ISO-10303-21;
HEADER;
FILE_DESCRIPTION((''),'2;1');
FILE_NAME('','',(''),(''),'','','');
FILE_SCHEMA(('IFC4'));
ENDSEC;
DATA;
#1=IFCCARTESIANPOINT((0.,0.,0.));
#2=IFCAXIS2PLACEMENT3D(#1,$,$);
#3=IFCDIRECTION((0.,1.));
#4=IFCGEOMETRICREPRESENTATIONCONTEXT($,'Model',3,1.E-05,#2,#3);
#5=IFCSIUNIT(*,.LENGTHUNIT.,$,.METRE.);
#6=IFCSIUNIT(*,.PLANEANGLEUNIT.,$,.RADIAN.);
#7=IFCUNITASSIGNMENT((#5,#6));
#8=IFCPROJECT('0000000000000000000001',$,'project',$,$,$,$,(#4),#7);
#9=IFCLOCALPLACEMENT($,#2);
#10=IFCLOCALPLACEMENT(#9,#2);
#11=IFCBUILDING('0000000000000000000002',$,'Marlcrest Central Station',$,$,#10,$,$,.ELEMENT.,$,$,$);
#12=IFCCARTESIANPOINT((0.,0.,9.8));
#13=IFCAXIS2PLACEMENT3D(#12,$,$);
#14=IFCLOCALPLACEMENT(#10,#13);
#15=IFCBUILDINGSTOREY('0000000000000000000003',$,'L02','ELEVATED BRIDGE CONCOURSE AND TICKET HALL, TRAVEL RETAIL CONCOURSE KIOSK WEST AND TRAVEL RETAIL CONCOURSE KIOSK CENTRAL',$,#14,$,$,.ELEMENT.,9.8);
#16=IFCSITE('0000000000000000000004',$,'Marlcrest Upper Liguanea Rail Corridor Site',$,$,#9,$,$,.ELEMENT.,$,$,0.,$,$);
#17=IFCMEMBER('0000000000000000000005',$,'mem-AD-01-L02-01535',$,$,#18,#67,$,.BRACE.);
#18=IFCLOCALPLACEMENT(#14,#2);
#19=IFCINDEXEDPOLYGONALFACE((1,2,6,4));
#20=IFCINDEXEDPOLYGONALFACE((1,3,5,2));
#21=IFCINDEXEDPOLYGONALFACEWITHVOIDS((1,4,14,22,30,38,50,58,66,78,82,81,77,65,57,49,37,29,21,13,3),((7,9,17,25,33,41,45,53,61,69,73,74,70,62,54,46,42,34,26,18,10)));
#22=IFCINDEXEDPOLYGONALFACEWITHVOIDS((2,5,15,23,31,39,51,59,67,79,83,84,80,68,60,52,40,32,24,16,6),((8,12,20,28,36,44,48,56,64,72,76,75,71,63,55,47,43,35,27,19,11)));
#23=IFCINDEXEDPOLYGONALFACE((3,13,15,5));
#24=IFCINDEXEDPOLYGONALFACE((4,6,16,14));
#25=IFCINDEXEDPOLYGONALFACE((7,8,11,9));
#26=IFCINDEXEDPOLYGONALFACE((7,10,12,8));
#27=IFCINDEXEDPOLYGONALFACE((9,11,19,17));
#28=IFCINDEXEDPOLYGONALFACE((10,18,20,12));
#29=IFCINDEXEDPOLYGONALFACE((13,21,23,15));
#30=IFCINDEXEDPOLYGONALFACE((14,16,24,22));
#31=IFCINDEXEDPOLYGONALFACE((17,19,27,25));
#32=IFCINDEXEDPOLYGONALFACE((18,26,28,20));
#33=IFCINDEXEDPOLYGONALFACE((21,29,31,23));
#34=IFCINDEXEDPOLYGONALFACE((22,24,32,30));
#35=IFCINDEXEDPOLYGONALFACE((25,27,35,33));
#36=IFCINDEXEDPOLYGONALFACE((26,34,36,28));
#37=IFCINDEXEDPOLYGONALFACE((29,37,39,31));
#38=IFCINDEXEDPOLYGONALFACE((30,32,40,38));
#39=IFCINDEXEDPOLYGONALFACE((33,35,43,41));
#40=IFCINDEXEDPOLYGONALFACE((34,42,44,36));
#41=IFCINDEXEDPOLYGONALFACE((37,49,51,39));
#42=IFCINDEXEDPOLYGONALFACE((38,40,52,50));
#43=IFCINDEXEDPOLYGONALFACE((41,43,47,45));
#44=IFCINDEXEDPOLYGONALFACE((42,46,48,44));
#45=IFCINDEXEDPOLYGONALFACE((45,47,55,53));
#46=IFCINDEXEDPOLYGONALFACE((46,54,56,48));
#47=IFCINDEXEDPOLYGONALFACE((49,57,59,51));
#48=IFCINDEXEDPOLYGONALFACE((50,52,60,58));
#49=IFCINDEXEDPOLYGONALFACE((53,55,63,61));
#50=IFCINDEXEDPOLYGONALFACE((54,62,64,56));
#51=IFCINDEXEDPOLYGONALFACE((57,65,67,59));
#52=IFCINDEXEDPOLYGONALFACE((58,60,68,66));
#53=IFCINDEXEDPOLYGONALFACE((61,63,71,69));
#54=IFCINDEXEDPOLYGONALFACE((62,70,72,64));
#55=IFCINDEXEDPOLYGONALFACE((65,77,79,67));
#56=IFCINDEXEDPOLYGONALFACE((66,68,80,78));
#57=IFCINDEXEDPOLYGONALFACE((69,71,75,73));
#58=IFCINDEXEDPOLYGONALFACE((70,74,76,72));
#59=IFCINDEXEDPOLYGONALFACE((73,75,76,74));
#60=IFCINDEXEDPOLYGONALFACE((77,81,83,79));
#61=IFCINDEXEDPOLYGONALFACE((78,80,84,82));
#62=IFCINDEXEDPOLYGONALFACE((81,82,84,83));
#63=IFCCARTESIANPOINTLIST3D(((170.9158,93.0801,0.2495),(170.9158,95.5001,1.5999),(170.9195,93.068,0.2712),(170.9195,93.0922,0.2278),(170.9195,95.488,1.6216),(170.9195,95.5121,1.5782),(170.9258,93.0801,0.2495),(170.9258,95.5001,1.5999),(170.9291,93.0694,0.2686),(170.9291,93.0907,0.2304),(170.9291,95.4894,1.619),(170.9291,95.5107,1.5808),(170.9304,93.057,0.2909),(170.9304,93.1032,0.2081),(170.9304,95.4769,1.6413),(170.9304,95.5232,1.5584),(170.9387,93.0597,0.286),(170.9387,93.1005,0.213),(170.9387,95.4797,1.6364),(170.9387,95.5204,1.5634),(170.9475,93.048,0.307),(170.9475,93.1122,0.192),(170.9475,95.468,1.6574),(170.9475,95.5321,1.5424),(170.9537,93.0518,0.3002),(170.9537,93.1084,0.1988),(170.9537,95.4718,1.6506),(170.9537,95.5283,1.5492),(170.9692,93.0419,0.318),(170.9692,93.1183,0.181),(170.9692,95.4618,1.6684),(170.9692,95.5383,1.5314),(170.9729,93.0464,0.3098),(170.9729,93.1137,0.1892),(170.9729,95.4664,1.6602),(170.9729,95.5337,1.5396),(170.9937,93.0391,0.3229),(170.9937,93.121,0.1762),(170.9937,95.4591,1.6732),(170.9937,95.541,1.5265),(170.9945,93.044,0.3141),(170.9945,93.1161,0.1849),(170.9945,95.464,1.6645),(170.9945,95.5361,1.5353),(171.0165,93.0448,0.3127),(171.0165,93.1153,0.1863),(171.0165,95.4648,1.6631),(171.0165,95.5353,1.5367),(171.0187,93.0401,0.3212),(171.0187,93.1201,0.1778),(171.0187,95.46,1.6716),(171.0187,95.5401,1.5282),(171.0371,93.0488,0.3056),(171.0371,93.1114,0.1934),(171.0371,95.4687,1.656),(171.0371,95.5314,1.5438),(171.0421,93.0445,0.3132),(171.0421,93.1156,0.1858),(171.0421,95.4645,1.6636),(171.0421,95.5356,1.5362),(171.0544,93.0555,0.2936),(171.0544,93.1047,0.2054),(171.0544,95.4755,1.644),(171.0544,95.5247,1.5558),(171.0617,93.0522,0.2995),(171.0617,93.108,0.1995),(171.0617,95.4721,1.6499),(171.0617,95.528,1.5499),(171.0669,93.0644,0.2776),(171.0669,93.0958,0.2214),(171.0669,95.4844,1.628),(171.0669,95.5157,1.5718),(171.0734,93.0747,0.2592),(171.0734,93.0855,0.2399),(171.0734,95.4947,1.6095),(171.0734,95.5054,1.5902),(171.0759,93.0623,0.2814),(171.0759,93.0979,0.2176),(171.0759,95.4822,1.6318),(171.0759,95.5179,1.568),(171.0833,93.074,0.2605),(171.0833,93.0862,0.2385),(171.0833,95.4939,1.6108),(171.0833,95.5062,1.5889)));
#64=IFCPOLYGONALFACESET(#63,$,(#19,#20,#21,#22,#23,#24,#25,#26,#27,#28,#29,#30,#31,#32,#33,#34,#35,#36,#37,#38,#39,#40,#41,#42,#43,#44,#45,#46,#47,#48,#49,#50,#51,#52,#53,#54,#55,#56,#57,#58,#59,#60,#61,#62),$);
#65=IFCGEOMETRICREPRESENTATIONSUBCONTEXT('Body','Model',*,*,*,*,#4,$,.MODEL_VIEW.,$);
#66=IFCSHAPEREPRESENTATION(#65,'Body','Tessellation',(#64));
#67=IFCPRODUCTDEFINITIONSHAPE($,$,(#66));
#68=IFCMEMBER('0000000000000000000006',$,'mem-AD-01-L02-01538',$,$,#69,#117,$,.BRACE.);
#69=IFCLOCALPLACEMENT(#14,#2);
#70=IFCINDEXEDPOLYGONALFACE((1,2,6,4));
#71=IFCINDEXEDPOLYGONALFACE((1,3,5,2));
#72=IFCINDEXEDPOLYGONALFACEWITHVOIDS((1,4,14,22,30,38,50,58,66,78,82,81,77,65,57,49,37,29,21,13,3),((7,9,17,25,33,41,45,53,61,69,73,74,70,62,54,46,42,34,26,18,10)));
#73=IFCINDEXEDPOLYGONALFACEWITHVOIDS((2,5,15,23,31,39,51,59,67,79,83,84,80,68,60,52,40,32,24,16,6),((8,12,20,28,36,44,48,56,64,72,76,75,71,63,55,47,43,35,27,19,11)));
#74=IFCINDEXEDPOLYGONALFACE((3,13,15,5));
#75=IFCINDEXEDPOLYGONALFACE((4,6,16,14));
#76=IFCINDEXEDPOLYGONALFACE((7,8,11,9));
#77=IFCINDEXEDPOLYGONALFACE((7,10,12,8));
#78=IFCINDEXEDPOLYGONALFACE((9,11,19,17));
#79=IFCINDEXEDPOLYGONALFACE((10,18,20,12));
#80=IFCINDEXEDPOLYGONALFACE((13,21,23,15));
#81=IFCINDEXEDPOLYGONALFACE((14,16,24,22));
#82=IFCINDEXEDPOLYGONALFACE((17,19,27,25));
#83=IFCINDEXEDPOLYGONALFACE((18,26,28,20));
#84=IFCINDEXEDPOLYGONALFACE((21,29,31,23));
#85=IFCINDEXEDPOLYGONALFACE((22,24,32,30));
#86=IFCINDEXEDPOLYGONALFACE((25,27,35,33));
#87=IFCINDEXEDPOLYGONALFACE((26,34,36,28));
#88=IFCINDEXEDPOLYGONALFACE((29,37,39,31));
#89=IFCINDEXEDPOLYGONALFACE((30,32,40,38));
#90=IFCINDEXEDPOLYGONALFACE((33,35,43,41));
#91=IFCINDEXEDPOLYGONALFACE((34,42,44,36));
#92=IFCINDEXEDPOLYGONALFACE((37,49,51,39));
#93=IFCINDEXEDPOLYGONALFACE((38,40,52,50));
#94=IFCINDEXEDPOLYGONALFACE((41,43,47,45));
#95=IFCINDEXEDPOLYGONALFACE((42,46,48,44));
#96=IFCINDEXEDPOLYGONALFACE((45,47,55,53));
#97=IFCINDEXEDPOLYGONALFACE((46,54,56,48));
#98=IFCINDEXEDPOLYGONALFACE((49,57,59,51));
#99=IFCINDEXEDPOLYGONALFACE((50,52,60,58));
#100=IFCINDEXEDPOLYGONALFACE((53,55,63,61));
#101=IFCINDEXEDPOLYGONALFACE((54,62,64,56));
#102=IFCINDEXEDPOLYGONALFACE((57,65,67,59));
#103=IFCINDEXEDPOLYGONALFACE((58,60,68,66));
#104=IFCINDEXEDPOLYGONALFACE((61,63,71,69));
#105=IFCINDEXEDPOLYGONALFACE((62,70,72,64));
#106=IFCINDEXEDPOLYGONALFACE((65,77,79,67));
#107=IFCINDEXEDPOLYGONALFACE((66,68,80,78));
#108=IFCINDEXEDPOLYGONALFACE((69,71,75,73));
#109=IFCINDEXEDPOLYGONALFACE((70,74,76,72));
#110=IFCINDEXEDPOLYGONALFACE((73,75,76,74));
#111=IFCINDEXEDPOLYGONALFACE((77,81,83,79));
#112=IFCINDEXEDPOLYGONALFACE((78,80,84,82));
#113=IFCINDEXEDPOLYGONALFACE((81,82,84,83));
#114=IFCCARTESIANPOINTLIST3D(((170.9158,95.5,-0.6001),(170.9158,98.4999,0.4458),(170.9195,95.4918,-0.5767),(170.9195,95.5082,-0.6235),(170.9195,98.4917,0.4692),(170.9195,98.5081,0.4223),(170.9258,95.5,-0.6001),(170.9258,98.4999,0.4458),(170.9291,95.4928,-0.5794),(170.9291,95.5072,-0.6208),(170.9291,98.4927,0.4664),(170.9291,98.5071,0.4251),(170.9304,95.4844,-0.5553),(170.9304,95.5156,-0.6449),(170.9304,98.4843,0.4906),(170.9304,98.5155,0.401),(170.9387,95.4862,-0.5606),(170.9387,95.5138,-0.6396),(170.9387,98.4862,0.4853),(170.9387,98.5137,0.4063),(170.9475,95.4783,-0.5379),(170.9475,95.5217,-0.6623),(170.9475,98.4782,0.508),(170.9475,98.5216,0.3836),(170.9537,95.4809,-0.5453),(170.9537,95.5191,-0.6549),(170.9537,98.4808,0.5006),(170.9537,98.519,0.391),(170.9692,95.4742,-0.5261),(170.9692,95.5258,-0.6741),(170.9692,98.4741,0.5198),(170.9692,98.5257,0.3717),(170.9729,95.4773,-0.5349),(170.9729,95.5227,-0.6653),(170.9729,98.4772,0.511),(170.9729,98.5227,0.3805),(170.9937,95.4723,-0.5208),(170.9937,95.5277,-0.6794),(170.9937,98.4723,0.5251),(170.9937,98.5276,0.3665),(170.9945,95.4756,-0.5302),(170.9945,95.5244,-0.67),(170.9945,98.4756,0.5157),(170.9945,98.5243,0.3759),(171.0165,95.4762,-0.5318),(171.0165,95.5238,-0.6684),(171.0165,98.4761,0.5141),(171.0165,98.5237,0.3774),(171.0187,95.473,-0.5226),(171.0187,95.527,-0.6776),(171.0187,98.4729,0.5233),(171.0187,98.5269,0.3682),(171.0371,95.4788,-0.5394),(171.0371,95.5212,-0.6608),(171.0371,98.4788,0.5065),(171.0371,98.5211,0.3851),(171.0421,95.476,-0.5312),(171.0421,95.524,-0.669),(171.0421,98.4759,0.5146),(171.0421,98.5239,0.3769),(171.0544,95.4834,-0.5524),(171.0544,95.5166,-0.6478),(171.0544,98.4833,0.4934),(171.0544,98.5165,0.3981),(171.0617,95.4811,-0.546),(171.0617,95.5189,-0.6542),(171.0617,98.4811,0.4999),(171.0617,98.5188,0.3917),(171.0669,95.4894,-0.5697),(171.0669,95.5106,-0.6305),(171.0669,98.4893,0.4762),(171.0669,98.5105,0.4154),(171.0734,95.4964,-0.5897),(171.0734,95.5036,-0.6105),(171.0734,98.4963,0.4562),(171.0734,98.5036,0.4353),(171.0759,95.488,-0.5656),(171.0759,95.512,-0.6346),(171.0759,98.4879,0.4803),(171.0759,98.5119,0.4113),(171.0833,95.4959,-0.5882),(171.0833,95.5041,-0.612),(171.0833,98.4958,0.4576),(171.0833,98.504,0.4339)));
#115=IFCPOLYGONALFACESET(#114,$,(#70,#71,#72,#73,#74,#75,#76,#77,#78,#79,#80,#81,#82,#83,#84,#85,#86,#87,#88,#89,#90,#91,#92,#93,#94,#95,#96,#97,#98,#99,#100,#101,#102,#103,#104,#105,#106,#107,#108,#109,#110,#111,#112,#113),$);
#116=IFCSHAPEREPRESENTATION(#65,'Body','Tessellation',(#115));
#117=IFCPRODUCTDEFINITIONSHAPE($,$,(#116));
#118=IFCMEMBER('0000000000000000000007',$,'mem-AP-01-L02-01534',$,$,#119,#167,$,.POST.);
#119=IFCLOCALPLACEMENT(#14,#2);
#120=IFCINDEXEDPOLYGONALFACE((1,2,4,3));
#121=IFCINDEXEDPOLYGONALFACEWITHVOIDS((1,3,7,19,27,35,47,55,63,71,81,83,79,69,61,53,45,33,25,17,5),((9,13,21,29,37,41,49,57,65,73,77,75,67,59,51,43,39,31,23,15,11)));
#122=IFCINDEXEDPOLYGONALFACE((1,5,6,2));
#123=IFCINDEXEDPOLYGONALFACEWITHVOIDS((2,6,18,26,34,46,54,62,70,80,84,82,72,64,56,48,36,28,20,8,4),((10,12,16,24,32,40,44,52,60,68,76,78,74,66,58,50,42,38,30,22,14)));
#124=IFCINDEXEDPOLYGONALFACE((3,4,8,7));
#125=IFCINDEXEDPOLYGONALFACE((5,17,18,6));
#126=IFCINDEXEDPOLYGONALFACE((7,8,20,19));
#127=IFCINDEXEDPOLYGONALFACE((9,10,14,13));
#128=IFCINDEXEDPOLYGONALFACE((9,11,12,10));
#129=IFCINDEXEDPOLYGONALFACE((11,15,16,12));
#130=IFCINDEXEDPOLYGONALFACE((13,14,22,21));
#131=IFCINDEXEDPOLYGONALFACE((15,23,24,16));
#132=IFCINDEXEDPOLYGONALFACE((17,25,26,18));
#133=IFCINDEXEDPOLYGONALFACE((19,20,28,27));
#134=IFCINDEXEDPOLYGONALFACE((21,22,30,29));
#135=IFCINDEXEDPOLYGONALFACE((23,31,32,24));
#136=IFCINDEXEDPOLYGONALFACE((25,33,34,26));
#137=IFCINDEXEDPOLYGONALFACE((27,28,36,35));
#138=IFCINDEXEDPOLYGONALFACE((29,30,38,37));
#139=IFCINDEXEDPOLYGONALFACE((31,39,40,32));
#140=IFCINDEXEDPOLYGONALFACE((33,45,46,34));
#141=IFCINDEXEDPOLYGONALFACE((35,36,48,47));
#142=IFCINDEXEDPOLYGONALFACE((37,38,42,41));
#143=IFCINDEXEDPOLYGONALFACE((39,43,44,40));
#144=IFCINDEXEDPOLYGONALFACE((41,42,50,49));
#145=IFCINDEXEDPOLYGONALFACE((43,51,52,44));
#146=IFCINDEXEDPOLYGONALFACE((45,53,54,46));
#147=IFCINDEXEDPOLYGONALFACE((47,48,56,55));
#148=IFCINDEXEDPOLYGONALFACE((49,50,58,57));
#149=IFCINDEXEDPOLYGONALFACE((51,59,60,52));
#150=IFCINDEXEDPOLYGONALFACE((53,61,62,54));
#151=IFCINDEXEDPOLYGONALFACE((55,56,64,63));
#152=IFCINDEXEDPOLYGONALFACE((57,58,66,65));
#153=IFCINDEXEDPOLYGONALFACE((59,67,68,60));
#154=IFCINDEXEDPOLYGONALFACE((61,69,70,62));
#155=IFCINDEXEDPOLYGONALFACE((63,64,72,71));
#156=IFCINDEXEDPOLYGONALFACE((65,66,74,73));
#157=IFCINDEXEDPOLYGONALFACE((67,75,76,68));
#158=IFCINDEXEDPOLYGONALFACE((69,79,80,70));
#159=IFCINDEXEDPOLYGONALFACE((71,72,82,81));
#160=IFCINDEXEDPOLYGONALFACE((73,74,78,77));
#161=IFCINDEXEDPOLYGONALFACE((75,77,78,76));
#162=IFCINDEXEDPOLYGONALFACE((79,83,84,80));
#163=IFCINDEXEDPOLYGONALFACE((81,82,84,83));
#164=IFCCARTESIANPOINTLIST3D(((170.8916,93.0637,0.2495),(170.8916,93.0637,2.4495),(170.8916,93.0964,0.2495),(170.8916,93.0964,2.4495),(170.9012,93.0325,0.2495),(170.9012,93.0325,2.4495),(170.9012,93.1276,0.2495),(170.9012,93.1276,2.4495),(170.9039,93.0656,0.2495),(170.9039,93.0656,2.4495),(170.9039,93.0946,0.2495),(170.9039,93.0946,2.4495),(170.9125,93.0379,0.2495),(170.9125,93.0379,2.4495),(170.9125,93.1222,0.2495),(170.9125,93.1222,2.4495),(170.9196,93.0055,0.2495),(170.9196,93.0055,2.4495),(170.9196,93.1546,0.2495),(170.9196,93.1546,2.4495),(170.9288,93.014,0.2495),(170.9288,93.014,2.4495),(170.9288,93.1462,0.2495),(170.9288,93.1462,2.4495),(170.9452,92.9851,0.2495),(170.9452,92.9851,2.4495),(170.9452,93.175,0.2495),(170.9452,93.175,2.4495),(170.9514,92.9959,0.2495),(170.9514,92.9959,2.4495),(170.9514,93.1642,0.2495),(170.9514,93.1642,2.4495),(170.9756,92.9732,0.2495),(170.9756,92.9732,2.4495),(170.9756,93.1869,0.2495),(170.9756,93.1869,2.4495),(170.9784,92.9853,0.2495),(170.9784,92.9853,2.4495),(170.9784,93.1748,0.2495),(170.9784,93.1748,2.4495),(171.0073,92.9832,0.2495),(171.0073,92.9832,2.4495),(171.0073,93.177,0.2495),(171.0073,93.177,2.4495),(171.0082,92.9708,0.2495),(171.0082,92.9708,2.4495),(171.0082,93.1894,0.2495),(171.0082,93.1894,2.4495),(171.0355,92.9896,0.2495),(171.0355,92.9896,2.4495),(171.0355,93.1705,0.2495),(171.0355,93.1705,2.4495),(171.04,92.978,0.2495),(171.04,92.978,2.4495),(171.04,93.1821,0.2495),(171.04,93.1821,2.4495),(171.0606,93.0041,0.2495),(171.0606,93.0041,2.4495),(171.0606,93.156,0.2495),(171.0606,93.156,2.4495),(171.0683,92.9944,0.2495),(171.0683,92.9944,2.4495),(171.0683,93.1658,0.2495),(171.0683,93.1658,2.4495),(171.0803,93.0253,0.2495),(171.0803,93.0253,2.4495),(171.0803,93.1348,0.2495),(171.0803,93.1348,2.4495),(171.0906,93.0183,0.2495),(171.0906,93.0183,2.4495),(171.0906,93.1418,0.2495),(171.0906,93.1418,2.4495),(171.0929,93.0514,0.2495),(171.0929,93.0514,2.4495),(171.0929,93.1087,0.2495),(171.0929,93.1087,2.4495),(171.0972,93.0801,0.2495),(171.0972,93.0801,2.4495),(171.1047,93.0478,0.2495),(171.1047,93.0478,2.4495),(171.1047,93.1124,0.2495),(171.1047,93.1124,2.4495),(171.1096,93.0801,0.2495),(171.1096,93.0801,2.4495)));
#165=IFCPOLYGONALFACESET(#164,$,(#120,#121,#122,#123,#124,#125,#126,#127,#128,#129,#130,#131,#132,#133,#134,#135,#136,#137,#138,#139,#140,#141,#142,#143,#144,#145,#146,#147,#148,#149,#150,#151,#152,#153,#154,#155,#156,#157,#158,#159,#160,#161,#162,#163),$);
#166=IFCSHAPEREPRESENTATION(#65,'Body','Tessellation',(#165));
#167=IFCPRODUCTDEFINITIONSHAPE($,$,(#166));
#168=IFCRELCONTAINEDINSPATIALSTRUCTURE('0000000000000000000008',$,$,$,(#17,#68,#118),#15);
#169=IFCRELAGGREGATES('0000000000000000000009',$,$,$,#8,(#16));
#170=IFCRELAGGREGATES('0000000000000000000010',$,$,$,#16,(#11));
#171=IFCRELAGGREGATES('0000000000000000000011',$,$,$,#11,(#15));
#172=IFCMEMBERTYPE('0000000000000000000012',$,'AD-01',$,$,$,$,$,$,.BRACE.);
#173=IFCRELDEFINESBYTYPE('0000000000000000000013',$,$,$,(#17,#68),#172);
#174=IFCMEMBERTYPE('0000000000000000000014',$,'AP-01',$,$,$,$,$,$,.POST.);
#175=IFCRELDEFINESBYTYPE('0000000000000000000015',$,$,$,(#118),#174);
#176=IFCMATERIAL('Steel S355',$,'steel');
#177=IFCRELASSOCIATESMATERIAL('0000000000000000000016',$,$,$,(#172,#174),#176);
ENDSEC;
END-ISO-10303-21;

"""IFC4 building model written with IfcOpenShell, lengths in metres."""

from ifc_helpers import new_model, si_unit, direction, frame, origin, origin_2d, place, context, subcontext, project, spatial, hollow_circle, extrude, material, material_profile, profile_set, type_object, element, save


model = new_model("IFC4")

# Units and contexts
model_context = context("Model", 3, precision=1e-05, world=origin(), true_north=direction((0.0, 1.0)))
body_context = subcontext(model_context, "Body", "Model", "MODEL_VIEW")
ifc_project = project(units=[si_unit("LENGTHUNIT", "METRE"), si_unit("PLANEANGLEUNIT", "RADIAN")], contexts=[model_context])

# Site, building, storey
site_placement = place(None, origin())
site = spatial("IfcSite", under=ifc_project, at=site_placement, Name="Marlcrest Upper Liguanea Rail Corridor Site", CompositionType="ELEMENT", RefElevation=0.0)
building_placement = place(site_placement, origin())
building = spatial("IfcBuilding", under=site, at=building_placement, Name="Marlcrest Central Station", CompositionType="ELEMENT")
storey_placement = place(building_placement, frame((0.0, 0.0, 9.8)))
storey = spatial("IfcBuildingStorey", under=building, at=storey_placement, Name="L02", Description="ELEVATED BRIDGE CONCOURSE AND TICKET HALL, TRAVEL RETAIL CONCOURSE KIOSK WEST AND TRAVEL RETAIL CONCOURSE KIOSK CENTRAL", CompositionType="ELEMENT", Elevation=9.8)

# Members
ifc_material_1 = material(Name="Steel S355", Category="steel")
ifc_material_profile_1 = material_profile(ifc_material_1, hollow_circle(Radius=0.0842, WallThickness=0.01, at=origin_2d()), Name="CHS 168.3x10")
ifc_profile_set_1 = profile_set([ifc_material_profile_1], Name="Steel S355")
member_type_1 = type_object("IfcMemberType", Name="AD-01", PredefinedType="BRACE", material=ifc_profile_set_1)
member_1_placement = place(storey_placement, frame((171.0, 93.0801, 0.2495), z_axis=(0.0, 0.873246, 0.48728), x_axis=(-1.0, 0.0, 0.0)))
element("IfcMember", 1, at=member_1_placement, inside=storey, type_object=member_type_1, Name="mem-AD-01-L02-01535", PredefinedType="BRACE", context=body_context, shape_type="SweptSolid", body=[
    extrude(hollow_circle(Radius=0.0842, WallThickness=0.01, at=origin_2d()), origin(), (0.0, 0.0, 1.0), 2.7712),
])
member_2_placement = place(storey_placement, frame((171.0, 95.5, -0.6001), z_axis=(0.0, 0.94426, 0.3292), x_axis=(-1.0, 0.0, 0.0)))
element("IfcMember", 2, at=member_2_placement, inside=storey, type_object=member_type_1, Name="mem-AD-01-L02-01538", PredefinedType="BRACE", context=body_context, shape_type="SweptSolid", body=[
    extrude(hollow_circle(Radius=0.0842, WallThickness=0.01, at=origin_2d()), origin(), (0.0, 0.0, 1.0), 3.177),
])
ifc_material_profile_2 = material_profile(ifc_material_1, hollow_circle(Radius=0.1096, WallThickness=0.0125, at=origin_2d()), Name="CHS 219.1x12.5")
ifc_profile_set_2 = profile_set([ifc_material_profile_2], Name="Steel S355")
member_type_2 = type_object("IfcMemberType", Name="AP-01", PredefinedType="POST", material=ifc_profile_set_2)
for number, where, z_axis, x_axis, name in (
    (3, (171.0, 93.0801, 0.2495), (0.0, 0.0, 1.0), (1.0, 0.0, 0.0), "mem-AP-01-L02-01534"),
):
    element("IfcMember", number, at=place(storey_placement, frame(where, z_axis=z_axis, x_axis=x_axis)), inside=storey, type_object=member_type_2, Name=name, PredefinedType="POST", context=body_context, shape_type="SweptSolid", body=[
        extrude(hollow_circle(Radius=0.1096, WallThickness=0.0125, at=origin_2d()), origin(), (0.0, 0.0, 1.0), 2.2),
    ])

save(model, "model.ifc")
